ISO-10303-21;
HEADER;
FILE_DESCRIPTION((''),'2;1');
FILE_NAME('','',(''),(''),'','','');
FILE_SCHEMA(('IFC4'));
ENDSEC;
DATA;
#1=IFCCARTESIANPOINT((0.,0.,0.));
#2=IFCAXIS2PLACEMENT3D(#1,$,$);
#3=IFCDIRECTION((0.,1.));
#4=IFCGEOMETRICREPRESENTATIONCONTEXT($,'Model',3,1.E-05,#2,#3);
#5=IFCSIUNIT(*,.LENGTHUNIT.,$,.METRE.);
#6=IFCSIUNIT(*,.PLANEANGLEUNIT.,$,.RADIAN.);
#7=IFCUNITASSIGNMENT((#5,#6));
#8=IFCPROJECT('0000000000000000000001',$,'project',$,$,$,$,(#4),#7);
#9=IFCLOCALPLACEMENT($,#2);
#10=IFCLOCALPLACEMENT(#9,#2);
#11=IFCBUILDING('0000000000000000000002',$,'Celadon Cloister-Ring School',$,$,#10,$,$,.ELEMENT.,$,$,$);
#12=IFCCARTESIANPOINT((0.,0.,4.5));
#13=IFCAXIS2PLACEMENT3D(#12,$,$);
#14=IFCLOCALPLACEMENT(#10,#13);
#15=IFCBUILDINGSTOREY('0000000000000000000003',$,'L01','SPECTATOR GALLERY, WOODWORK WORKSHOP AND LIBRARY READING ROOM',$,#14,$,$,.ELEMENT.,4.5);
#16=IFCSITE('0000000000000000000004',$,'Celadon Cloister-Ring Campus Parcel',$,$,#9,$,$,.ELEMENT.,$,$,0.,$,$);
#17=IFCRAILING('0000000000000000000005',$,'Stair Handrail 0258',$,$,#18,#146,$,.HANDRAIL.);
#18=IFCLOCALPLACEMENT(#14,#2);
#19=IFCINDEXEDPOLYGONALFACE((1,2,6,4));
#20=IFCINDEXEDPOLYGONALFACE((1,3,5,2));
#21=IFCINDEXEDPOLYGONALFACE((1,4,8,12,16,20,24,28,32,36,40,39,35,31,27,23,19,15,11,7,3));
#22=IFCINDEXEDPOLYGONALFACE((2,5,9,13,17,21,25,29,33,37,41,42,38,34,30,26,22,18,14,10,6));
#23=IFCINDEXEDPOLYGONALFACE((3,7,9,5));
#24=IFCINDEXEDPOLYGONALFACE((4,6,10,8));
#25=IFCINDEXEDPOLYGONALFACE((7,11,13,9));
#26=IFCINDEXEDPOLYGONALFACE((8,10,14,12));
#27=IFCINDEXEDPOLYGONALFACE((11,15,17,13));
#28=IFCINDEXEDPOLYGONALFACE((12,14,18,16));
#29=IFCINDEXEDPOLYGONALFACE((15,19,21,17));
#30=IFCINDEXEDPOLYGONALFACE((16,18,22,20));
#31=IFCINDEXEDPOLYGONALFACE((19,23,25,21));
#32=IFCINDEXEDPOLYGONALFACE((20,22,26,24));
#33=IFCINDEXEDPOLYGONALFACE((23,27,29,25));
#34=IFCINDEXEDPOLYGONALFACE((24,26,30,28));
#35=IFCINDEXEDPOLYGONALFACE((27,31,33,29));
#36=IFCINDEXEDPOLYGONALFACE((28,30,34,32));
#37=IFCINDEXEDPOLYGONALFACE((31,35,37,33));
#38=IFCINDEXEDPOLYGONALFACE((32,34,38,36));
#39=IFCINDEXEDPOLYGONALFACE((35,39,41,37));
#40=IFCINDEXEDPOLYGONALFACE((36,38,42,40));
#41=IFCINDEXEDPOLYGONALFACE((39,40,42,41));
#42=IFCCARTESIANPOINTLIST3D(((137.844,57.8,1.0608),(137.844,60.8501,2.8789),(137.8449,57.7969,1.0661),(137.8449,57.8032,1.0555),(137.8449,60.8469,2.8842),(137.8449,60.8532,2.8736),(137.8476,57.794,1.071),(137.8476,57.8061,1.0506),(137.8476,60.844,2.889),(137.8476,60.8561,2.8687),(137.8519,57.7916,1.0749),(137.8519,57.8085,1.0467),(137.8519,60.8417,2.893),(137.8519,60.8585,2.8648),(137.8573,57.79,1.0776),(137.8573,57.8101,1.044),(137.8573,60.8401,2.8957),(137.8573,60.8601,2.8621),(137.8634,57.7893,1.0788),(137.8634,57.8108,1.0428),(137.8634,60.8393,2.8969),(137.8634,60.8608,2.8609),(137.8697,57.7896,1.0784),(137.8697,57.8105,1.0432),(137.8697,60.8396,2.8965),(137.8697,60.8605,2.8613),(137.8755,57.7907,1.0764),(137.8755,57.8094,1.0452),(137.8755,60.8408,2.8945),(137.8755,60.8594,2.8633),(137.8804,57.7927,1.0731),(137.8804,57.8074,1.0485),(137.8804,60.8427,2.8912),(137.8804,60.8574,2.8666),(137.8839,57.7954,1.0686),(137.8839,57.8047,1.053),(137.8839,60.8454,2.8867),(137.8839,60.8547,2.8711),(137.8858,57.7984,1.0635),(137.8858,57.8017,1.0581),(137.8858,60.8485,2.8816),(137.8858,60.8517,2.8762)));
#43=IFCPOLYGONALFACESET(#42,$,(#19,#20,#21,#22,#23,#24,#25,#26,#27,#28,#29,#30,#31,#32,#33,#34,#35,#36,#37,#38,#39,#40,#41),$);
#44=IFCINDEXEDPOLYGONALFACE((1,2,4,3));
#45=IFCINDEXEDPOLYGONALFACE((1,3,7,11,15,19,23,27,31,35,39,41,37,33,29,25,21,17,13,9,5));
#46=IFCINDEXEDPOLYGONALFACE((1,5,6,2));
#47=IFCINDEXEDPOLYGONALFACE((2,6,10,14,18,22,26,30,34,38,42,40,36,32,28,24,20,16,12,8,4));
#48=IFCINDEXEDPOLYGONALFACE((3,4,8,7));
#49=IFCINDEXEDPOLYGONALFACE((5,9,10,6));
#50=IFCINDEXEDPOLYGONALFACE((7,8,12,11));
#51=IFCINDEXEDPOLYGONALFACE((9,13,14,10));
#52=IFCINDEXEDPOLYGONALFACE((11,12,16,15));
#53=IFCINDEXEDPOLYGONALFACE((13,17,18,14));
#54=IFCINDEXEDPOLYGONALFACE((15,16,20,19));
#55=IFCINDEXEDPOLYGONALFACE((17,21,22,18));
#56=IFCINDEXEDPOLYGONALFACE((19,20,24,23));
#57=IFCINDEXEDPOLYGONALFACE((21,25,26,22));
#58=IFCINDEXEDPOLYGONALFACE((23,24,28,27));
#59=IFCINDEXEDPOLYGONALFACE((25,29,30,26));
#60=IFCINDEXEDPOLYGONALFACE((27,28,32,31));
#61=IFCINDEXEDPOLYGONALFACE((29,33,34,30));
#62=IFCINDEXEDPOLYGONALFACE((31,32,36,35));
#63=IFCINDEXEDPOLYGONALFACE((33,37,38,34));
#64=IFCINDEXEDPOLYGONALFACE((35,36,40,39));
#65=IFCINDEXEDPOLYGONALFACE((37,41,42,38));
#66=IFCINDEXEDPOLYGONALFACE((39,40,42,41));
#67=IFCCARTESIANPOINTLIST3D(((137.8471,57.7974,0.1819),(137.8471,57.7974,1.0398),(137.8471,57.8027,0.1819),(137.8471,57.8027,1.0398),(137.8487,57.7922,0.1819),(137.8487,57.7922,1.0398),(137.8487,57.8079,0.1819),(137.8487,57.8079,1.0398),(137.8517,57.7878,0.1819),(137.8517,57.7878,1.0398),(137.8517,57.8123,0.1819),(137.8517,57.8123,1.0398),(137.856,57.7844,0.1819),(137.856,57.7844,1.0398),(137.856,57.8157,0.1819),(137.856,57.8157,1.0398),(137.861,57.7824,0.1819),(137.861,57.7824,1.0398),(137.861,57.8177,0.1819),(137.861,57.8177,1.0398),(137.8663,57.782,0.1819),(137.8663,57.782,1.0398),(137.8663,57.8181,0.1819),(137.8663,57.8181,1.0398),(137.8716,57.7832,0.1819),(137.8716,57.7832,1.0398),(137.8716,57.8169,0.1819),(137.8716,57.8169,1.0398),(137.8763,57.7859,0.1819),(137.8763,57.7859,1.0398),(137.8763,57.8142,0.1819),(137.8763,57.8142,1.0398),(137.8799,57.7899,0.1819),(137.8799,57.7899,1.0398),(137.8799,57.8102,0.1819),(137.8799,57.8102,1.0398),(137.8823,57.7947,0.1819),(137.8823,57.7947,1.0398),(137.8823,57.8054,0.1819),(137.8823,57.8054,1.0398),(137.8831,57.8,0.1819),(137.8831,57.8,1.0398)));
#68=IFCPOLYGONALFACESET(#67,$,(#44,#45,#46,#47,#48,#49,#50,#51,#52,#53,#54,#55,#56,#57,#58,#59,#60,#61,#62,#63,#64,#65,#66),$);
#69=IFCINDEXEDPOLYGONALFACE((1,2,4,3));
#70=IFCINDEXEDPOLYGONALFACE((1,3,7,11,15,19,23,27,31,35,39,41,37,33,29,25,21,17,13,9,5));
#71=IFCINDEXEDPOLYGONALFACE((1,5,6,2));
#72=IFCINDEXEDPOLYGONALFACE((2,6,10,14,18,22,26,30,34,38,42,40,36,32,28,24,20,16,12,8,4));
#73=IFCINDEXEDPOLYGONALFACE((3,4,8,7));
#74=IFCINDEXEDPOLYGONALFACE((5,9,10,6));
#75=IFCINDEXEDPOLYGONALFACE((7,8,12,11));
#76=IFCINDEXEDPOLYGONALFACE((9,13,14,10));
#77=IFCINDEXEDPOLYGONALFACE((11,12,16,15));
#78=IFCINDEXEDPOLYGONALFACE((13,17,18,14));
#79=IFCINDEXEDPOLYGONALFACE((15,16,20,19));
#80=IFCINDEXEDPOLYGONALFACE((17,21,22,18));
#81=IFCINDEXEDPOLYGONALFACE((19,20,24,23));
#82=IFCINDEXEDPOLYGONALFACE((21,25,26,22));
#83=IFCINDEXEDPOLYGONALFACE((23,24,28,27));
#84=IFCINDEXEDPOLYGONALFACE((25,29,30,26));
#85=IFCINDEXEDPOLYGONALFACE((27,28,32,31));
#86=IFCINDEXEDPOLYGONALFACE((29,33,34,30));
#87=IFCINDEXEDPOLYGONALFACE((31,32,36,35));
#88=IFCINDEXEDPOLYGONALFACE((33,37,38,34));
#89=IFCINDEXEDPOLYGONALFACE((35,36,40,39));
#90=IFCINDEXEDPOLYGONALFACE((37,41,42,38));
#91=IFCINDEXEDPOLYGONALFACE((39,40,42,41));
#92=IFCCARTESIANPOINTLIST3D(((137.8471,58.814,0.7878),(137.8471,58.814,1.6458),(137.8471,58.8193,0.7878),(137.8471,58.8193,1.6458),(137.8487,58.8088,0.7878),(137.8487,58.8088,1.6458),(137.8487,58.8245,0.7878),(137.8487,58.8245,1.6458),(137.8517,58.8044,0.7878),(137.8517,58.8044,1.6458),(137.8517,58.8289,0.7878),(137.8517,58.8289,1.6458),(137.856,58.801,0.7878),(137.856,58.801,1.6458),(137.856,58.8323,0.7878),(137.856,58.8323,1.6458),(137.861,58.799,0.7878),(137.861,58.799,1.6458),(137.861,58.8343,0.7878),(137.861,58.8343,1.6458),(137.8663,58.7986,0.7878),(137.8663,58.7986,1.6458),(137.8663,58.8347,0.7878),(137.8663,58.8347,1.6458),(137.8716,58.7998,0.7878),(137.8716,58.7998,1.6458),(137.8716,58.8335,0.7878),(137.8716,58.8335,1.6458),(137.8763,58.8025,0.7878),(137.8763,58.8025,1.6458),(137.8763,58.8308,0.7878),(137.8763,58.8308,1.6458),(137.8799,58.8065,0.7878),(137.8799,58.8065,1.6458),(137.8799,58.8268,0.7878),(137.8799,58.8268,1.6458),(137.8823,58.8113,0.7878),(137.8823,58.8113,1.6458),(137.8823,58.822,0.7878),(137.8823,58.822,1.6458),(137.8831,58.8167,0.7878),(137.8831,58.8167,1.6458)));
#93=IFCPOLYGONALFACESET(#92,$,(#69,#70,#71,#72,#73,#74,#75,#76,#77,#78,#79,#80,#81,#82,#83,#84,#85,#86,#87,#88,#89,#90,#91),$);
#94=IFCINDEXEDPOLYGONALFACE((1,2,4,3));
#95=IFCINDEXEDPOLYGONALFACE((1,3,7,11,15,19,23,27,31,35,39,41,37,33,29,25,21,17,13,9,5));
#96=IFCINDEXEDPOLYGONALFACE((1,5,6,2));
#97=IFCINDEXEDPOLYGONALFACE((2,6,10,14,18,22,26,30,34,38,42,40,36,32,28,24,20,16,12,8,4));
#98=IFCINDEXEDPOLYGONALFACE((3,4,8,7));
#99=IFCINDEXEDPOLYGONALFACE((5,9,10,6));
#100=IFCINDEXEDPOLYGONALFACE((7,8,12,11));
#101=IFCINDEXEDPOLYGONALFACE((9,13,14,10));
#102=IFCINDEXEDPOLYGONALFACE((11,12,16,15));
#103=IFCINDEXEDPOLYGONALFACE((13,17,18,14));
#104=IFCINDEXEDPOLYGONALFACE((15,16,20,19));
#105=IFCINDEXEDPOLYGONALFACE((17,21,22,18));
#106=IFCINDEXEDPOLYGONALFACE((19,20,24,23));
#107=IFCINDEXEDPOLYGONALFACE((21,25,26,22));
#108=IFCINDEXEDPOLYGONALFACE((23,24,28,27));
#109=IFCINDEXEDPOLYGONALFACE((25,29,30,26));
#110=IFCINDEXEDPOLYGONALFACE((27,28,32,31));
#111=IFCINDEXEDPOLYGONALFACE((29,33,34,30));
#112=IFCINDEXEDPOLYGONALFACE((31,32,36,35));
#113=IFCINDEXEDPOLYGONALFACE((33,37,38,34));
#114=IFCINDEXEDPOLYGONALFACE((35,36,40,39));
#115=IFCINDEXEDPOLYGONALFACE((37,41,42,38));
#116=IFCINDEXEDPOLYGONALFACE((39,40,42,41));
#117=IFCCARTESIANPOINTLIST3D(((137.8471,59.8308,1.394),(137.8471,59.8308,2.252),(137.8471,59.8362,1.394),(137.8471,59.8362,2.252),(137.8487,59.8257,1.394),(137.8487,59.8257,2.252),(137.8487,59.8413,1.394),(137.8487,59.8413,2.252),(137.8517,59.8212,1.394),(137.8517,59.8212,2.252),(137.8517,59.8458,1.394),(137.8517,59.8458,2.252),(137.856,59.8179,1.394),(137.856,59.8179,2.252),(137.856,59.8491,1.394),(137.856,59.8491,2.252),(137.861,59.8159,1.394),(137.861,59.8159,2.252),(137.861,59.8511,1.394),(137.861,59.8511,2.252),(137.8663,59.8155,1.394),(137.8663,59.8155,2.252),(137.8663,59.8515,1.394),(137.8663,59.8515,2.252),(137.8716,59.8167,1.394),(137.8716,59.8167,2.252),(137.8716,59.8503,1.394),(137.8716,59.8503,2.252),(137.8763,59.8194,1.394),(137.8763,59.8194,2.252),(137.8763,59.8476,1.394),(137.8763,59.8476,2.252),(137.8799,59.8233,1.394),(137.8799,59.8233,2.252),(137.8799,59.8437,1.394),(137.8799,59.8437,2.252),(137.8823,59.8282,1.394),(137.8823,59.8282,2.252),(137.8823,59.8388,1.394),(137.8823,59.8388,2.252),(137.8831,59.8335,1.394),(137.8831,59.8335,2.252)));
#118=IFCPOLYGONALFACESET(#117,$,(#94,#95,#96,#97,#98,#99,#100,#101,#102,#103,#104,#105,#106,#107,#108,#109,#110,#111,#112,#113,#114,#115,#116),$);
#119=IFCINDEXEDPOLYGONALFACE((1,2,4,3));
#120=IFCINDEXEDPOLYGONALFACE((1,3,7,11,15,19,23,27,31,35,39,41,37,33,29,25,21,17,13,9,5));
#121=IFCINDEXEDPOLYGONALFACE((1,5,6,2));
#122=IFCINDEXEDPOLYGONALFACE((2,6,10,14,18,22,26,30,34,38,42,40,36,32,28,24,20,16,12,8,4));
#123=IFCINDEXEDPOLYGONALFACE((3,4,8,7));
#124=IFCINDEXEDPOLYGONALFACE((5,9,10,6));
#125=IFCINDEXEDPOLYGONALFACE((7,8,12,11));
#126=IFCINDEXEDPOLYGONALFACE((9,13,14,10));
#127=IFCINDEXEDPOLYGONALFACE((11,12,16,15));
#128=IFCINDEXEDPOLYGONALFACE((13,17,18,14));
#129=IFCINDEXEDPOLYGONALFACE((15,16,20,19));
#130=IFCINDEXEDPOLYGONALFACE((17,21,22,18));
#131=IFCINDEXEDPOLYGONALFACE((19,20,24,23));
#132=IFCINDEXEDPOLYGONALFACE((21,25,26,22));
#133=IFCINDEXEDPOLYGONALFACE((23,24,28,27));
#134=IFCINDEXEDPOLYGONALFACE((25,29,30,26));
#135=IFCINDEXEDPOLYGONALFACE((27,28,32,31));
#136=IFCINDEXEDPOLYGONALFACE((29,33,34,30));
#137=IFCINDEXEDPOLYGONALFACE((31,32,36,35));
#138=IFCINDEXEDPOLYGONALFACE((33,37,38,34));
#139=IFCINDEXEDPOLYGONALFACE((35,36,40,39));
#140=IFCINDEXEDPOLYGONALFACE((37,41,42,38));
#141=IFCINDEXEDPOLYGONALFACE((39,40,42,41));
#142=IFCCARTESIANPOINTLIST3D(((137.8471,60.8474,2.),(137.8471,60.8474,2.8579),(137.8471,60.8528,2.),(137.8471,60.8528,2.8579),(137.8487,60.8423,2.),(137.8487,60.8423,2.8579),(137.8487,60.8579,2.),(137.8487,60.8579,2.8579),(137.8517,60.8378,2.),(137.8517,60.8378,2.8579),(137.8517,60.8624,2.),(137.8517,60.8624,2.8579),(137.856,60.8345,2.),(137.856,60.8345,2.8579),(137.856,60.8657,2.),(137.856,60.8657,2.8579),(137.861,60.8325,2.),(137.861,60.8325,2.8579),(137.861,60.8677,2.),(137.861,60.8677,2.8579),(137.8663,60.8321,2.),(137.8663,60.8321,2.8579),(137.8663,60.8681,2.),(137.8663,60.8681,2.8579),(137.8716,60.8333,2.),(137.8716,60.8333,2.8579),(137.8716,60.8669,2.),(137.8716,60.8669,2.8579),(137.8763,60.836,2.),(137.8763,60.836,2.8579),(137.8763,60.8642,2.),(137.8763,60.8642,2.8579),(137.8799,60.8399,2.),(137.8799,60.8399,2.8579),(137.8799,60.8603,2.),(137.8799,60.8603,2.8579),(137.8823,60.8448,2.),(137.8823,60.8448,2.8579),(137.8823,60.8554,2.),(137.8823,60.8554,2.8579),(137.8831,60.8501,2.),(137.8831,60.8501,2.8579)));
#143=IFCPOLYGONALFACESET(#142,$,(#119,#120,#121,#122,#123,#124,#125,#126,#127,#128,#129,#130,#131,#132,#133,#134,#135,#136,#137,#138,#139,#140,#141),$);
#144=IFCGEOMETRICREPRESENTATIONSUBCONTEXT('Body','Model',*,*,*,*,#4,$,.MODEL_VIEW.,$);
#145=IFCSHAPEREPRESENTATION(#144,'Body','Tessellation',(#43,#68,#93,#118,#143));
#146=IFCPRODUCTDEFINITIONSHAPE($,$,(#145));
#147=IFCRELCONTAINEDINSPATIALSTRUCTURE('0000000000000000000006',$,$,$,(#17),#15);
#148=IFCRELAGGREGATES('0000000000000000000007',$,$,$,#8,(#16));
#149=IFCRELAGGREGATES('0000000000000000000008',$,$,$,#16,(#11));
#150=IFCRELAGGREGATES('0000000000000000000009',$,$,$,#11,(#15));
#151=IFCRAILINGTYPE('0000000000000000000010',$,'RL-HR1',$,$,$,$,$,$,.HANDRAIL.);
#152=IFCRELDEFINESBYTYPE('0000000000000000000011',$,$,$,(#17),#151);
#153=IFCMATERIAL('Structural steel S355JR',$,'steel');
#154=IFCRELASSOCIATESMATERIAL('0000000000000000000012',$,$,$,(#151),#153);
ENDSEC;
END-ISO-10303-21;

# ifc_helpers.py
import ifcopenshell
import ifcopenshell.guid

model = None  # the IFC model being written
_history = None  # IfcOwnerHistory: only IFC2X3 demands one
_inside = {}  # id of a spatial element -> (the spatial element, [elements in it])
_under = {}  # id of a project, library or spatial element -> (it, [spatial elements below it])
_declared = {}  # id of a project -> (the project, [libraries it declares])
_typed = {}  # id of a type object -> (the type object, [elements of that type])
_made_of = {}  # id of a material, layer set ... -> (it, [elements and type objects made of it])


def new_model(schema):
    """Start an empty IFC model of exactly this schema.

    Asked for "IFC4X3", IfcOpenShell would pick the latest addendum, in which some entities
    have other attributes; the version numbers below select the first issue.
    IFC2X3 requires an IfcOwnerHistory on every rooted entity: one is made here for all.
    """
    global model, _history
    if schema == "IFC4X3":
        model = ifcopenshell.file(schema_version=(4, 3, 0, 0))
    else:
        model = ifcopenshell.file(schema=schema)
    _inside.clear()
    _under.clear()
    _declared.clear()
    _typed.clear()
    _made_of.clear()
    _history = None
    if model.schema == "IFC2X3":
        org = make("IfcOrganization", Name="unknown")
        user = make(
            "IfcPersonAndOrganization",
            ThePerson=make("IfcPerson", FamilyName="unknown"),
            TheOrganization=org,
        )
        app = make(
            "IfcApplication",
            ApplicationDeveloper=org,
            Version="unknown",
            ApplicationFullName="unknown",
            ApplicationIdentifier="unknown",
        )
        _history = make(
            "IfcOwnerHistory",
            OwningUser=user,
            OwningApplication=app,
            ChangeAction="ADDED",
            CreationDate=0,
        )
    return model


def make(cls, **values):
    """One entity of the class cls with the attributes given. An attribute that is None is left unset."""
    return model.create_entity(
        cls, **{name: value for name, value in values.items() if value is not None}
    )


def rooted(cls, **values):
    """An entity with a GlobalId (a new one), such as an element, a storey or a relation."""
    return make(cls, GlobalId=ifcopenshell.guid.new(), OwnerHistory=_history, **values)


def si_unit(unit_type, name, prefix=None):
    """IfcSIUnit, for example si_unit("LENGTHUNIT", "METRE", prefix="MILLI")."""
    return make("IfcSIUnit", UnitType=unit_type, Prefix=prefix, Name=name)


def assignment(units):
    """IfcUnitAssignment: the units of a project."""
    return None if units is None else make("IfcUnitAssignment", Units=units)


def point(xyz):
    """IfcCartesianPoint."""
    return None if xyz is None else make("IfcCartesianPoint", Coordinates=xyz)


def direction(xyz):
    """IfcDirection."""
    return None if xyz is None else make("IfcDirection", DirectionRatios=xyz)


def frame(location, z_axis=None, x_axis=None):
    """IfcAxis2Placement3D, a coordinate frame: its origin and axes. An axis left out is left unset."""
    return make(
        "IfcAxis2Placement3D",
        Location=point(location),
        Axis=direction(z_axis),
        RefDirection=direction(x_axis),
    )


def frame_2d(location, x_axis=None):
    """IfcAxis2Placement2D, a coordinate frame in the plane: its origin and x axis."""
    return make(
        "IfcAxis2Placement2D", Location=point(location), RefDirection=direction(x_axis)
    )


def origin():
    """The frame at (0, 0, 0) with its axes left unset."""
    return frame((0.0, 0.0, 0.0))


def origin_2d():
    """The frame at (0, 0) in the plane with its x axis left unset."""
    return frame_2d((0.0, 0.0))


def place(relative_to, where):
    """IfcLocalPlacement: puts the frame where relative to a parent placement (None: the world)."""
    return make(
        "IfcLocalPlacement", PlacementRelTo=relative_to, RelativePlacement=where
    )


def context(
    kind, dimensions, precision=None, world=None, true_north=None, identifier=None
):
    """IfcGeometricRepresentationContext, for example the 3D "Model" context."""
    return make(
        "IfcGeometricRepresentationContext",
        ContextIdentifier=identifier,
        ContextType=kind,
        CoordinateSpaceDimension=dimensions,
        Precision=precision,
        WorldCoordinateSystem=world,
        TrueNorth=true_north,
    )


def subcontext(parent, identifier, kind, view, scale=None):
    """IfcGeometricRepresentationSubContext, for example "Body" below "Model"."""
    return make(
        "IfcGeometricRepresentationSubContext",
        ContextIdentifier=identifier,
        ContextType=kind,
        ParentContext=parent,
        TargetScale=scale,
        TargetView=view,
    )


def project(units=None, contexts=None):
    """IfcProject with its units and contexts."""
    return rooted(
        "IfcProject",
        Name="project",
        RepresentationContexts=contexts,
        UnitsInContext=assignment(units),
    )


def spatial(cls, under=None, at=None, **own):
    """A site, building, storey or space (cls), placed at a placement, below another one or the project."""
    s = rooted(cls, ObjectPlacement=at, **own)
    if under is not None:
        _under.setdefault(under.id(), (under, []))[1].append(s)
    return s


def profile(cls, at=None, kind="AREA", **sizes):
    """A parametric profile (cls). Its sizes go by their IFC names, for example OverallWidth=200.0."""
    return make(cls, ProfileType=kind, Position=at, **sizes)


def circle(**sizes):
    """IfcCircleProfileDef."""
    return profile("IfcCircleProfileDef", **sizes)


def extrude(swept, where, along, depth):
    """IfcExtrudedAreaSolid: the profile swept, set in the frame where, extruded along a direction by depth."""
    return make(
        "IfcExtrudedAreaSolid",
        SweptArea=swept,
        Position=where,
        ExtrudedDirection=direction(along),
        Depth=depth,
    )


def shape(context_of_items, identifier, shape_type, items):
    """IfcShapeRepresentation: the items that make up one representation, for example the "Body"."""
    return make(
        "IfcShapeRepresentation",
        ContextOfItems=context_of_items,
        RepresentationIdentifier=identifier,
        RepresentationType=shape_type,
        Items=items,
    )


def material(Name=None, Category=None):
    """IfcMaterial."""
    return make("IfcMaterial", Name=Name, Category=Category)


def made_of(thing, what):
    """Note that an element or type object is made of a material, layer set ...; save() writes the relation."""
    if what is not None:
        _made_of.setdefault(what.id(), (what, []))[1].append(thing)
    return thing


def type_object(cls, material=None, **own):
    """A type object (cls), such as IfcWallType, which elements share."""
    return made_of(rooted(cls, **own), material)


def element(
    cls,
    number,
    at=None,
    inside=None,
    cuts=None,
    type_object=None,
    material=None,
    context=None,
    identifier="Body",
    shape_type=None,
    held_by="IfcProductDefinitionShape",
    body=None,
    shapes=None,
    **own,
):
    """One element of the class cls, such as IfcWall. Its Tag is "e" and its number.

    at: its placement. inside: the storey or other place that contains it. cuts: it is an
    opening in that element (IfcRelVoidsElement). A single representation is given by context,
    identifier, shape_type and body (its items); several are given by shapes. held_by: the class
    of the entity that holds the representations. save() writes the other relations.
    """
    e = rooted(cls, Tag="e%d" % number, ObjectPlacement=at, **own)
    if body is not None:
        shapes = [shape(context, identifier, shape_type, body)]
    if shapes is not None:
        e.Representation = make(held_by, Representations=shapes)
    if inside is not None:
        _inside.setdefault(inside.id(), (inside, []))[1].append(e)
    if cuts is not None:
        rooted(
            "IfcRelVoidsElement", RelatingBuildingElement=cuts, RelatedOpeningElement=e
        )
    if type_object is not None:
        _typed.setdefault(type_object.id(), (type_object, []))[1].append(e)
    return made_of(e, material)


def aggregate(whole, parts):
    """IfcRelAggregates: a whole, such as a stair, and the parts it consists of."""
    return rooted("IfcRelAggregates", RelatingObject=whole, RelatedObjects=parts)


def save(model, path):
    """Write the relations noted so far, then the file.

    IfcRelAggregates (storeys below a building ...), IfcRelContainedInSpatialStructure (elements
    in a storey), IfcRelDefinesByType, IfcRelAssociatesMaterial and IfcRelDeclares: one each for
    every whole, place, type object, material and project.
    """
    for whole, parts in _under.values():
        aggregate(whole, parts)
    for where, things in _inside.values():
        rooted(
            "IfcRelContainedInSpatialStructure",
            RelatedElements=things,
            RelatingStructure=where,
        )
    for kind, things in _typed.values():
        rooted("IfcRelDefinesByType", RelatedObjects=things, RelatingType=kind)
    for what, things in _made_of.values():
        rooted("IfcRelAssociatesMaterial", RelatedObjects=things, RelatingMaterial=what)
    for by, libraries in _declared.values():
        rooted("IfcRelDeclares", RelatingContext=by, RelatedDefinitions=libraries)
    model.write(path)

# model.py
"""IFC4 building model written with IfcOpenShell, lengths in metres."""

from ifc_helpers import new_model, si_unit, direction, frame, origin, origin_2d, place, context, subcontext, project, spatial, circle, extrude, material, type_object, element, save


model = new_model("IFC4")

# Units and contexts
model_context = context("Model", 3, precision=1e-05, world=origin(), true_north=direction((0.0, 1.0)))
body_context = subcontext(model_context, "Body", "Model", "MODEL_VIEW")
ifc_project = project(units=[si_unit("LENGTHUNIT", "METRE"), si_unit("PLANEANGLEUNIT", "RADIAN")], contexts=[model_context])

# Site, building, storey
site_placement = place(None, origin())
site = spatial("IfcSite", under=ifc_project, at=site_placement, Name="Celadon Cloister-Ring Campus Parcel", CompositionType="ELEMENT", RefElevation=0.0)
building_placement = place(site_placement, origin())
building = spatial("IfcBuilding", under=site, at=building_placement, Name="Celadon Cloister-Ring School", CompositionType="ELEMENT")
storey_placement = place(building_placement, frame((0.0, 0.0, 4.5)))
storey = spatial("IfcBuildingStorey", under=building, at=storey_placement, Name="L01", Description="SPECTATOR GALLERY, WOODWORK WORKSHOP AND LIBRARY READING ROOM", CompositionType="ELEMENT", Elevation=4.5)

# Railing
ifc_material_1 = material(Name="Structural steel S355JR", Category="steel")
railing_type_1 = type_object("IfcRailingType", Name="RL-HR1", PredefinedType="HANDRAIL", material=ifc_material_1)
for number, where, name in (
    (1, (137.865, 57.8, 0.1819), "Stair Handrail 0258"),
):
    element("IfcRailing", number, at=place(storey_placement, frame(where)), inside=storey, type_object=railing_type_1, Name=name, PredefinedType="HANDRAIL", context=body_context, shape_type="SweptSolid", body=[
        extrude(circle(Radius=0.021, at=origin_2d()), frame((0.0, 0.0, 0.8789), z_axis=(0.0, 0.85897, 0.512026), x_axis=(-1.0, 0.0, 0.0)), (0.0, 0.0, 1.0), 3.5508),
        extrude(circle(Radius=0.0181, at=origin_2d()), origin(), (0.0, 0.0, 1.0), 0.8579),
        extrude(circle(Radius=0.0181, at=origin_2d()), frame((0.0, 1.0166, 0.606)), (0.0, 0.0, 1.0), 0.8579),
        extrude(circle(Radius=0.0181, at=origin_2d()), frame((0.0, 2.0334, 1.2122)), (0.0, 0.0, 1.0), 0.8579),
        extrude(circle(Radius=0.0181, at=origin_2d()), frame((0.0, 3.05, 1.8181)), (0.0, 0.0, 1.0), 0.8579),
    ])

save(model, "model.ifc")
